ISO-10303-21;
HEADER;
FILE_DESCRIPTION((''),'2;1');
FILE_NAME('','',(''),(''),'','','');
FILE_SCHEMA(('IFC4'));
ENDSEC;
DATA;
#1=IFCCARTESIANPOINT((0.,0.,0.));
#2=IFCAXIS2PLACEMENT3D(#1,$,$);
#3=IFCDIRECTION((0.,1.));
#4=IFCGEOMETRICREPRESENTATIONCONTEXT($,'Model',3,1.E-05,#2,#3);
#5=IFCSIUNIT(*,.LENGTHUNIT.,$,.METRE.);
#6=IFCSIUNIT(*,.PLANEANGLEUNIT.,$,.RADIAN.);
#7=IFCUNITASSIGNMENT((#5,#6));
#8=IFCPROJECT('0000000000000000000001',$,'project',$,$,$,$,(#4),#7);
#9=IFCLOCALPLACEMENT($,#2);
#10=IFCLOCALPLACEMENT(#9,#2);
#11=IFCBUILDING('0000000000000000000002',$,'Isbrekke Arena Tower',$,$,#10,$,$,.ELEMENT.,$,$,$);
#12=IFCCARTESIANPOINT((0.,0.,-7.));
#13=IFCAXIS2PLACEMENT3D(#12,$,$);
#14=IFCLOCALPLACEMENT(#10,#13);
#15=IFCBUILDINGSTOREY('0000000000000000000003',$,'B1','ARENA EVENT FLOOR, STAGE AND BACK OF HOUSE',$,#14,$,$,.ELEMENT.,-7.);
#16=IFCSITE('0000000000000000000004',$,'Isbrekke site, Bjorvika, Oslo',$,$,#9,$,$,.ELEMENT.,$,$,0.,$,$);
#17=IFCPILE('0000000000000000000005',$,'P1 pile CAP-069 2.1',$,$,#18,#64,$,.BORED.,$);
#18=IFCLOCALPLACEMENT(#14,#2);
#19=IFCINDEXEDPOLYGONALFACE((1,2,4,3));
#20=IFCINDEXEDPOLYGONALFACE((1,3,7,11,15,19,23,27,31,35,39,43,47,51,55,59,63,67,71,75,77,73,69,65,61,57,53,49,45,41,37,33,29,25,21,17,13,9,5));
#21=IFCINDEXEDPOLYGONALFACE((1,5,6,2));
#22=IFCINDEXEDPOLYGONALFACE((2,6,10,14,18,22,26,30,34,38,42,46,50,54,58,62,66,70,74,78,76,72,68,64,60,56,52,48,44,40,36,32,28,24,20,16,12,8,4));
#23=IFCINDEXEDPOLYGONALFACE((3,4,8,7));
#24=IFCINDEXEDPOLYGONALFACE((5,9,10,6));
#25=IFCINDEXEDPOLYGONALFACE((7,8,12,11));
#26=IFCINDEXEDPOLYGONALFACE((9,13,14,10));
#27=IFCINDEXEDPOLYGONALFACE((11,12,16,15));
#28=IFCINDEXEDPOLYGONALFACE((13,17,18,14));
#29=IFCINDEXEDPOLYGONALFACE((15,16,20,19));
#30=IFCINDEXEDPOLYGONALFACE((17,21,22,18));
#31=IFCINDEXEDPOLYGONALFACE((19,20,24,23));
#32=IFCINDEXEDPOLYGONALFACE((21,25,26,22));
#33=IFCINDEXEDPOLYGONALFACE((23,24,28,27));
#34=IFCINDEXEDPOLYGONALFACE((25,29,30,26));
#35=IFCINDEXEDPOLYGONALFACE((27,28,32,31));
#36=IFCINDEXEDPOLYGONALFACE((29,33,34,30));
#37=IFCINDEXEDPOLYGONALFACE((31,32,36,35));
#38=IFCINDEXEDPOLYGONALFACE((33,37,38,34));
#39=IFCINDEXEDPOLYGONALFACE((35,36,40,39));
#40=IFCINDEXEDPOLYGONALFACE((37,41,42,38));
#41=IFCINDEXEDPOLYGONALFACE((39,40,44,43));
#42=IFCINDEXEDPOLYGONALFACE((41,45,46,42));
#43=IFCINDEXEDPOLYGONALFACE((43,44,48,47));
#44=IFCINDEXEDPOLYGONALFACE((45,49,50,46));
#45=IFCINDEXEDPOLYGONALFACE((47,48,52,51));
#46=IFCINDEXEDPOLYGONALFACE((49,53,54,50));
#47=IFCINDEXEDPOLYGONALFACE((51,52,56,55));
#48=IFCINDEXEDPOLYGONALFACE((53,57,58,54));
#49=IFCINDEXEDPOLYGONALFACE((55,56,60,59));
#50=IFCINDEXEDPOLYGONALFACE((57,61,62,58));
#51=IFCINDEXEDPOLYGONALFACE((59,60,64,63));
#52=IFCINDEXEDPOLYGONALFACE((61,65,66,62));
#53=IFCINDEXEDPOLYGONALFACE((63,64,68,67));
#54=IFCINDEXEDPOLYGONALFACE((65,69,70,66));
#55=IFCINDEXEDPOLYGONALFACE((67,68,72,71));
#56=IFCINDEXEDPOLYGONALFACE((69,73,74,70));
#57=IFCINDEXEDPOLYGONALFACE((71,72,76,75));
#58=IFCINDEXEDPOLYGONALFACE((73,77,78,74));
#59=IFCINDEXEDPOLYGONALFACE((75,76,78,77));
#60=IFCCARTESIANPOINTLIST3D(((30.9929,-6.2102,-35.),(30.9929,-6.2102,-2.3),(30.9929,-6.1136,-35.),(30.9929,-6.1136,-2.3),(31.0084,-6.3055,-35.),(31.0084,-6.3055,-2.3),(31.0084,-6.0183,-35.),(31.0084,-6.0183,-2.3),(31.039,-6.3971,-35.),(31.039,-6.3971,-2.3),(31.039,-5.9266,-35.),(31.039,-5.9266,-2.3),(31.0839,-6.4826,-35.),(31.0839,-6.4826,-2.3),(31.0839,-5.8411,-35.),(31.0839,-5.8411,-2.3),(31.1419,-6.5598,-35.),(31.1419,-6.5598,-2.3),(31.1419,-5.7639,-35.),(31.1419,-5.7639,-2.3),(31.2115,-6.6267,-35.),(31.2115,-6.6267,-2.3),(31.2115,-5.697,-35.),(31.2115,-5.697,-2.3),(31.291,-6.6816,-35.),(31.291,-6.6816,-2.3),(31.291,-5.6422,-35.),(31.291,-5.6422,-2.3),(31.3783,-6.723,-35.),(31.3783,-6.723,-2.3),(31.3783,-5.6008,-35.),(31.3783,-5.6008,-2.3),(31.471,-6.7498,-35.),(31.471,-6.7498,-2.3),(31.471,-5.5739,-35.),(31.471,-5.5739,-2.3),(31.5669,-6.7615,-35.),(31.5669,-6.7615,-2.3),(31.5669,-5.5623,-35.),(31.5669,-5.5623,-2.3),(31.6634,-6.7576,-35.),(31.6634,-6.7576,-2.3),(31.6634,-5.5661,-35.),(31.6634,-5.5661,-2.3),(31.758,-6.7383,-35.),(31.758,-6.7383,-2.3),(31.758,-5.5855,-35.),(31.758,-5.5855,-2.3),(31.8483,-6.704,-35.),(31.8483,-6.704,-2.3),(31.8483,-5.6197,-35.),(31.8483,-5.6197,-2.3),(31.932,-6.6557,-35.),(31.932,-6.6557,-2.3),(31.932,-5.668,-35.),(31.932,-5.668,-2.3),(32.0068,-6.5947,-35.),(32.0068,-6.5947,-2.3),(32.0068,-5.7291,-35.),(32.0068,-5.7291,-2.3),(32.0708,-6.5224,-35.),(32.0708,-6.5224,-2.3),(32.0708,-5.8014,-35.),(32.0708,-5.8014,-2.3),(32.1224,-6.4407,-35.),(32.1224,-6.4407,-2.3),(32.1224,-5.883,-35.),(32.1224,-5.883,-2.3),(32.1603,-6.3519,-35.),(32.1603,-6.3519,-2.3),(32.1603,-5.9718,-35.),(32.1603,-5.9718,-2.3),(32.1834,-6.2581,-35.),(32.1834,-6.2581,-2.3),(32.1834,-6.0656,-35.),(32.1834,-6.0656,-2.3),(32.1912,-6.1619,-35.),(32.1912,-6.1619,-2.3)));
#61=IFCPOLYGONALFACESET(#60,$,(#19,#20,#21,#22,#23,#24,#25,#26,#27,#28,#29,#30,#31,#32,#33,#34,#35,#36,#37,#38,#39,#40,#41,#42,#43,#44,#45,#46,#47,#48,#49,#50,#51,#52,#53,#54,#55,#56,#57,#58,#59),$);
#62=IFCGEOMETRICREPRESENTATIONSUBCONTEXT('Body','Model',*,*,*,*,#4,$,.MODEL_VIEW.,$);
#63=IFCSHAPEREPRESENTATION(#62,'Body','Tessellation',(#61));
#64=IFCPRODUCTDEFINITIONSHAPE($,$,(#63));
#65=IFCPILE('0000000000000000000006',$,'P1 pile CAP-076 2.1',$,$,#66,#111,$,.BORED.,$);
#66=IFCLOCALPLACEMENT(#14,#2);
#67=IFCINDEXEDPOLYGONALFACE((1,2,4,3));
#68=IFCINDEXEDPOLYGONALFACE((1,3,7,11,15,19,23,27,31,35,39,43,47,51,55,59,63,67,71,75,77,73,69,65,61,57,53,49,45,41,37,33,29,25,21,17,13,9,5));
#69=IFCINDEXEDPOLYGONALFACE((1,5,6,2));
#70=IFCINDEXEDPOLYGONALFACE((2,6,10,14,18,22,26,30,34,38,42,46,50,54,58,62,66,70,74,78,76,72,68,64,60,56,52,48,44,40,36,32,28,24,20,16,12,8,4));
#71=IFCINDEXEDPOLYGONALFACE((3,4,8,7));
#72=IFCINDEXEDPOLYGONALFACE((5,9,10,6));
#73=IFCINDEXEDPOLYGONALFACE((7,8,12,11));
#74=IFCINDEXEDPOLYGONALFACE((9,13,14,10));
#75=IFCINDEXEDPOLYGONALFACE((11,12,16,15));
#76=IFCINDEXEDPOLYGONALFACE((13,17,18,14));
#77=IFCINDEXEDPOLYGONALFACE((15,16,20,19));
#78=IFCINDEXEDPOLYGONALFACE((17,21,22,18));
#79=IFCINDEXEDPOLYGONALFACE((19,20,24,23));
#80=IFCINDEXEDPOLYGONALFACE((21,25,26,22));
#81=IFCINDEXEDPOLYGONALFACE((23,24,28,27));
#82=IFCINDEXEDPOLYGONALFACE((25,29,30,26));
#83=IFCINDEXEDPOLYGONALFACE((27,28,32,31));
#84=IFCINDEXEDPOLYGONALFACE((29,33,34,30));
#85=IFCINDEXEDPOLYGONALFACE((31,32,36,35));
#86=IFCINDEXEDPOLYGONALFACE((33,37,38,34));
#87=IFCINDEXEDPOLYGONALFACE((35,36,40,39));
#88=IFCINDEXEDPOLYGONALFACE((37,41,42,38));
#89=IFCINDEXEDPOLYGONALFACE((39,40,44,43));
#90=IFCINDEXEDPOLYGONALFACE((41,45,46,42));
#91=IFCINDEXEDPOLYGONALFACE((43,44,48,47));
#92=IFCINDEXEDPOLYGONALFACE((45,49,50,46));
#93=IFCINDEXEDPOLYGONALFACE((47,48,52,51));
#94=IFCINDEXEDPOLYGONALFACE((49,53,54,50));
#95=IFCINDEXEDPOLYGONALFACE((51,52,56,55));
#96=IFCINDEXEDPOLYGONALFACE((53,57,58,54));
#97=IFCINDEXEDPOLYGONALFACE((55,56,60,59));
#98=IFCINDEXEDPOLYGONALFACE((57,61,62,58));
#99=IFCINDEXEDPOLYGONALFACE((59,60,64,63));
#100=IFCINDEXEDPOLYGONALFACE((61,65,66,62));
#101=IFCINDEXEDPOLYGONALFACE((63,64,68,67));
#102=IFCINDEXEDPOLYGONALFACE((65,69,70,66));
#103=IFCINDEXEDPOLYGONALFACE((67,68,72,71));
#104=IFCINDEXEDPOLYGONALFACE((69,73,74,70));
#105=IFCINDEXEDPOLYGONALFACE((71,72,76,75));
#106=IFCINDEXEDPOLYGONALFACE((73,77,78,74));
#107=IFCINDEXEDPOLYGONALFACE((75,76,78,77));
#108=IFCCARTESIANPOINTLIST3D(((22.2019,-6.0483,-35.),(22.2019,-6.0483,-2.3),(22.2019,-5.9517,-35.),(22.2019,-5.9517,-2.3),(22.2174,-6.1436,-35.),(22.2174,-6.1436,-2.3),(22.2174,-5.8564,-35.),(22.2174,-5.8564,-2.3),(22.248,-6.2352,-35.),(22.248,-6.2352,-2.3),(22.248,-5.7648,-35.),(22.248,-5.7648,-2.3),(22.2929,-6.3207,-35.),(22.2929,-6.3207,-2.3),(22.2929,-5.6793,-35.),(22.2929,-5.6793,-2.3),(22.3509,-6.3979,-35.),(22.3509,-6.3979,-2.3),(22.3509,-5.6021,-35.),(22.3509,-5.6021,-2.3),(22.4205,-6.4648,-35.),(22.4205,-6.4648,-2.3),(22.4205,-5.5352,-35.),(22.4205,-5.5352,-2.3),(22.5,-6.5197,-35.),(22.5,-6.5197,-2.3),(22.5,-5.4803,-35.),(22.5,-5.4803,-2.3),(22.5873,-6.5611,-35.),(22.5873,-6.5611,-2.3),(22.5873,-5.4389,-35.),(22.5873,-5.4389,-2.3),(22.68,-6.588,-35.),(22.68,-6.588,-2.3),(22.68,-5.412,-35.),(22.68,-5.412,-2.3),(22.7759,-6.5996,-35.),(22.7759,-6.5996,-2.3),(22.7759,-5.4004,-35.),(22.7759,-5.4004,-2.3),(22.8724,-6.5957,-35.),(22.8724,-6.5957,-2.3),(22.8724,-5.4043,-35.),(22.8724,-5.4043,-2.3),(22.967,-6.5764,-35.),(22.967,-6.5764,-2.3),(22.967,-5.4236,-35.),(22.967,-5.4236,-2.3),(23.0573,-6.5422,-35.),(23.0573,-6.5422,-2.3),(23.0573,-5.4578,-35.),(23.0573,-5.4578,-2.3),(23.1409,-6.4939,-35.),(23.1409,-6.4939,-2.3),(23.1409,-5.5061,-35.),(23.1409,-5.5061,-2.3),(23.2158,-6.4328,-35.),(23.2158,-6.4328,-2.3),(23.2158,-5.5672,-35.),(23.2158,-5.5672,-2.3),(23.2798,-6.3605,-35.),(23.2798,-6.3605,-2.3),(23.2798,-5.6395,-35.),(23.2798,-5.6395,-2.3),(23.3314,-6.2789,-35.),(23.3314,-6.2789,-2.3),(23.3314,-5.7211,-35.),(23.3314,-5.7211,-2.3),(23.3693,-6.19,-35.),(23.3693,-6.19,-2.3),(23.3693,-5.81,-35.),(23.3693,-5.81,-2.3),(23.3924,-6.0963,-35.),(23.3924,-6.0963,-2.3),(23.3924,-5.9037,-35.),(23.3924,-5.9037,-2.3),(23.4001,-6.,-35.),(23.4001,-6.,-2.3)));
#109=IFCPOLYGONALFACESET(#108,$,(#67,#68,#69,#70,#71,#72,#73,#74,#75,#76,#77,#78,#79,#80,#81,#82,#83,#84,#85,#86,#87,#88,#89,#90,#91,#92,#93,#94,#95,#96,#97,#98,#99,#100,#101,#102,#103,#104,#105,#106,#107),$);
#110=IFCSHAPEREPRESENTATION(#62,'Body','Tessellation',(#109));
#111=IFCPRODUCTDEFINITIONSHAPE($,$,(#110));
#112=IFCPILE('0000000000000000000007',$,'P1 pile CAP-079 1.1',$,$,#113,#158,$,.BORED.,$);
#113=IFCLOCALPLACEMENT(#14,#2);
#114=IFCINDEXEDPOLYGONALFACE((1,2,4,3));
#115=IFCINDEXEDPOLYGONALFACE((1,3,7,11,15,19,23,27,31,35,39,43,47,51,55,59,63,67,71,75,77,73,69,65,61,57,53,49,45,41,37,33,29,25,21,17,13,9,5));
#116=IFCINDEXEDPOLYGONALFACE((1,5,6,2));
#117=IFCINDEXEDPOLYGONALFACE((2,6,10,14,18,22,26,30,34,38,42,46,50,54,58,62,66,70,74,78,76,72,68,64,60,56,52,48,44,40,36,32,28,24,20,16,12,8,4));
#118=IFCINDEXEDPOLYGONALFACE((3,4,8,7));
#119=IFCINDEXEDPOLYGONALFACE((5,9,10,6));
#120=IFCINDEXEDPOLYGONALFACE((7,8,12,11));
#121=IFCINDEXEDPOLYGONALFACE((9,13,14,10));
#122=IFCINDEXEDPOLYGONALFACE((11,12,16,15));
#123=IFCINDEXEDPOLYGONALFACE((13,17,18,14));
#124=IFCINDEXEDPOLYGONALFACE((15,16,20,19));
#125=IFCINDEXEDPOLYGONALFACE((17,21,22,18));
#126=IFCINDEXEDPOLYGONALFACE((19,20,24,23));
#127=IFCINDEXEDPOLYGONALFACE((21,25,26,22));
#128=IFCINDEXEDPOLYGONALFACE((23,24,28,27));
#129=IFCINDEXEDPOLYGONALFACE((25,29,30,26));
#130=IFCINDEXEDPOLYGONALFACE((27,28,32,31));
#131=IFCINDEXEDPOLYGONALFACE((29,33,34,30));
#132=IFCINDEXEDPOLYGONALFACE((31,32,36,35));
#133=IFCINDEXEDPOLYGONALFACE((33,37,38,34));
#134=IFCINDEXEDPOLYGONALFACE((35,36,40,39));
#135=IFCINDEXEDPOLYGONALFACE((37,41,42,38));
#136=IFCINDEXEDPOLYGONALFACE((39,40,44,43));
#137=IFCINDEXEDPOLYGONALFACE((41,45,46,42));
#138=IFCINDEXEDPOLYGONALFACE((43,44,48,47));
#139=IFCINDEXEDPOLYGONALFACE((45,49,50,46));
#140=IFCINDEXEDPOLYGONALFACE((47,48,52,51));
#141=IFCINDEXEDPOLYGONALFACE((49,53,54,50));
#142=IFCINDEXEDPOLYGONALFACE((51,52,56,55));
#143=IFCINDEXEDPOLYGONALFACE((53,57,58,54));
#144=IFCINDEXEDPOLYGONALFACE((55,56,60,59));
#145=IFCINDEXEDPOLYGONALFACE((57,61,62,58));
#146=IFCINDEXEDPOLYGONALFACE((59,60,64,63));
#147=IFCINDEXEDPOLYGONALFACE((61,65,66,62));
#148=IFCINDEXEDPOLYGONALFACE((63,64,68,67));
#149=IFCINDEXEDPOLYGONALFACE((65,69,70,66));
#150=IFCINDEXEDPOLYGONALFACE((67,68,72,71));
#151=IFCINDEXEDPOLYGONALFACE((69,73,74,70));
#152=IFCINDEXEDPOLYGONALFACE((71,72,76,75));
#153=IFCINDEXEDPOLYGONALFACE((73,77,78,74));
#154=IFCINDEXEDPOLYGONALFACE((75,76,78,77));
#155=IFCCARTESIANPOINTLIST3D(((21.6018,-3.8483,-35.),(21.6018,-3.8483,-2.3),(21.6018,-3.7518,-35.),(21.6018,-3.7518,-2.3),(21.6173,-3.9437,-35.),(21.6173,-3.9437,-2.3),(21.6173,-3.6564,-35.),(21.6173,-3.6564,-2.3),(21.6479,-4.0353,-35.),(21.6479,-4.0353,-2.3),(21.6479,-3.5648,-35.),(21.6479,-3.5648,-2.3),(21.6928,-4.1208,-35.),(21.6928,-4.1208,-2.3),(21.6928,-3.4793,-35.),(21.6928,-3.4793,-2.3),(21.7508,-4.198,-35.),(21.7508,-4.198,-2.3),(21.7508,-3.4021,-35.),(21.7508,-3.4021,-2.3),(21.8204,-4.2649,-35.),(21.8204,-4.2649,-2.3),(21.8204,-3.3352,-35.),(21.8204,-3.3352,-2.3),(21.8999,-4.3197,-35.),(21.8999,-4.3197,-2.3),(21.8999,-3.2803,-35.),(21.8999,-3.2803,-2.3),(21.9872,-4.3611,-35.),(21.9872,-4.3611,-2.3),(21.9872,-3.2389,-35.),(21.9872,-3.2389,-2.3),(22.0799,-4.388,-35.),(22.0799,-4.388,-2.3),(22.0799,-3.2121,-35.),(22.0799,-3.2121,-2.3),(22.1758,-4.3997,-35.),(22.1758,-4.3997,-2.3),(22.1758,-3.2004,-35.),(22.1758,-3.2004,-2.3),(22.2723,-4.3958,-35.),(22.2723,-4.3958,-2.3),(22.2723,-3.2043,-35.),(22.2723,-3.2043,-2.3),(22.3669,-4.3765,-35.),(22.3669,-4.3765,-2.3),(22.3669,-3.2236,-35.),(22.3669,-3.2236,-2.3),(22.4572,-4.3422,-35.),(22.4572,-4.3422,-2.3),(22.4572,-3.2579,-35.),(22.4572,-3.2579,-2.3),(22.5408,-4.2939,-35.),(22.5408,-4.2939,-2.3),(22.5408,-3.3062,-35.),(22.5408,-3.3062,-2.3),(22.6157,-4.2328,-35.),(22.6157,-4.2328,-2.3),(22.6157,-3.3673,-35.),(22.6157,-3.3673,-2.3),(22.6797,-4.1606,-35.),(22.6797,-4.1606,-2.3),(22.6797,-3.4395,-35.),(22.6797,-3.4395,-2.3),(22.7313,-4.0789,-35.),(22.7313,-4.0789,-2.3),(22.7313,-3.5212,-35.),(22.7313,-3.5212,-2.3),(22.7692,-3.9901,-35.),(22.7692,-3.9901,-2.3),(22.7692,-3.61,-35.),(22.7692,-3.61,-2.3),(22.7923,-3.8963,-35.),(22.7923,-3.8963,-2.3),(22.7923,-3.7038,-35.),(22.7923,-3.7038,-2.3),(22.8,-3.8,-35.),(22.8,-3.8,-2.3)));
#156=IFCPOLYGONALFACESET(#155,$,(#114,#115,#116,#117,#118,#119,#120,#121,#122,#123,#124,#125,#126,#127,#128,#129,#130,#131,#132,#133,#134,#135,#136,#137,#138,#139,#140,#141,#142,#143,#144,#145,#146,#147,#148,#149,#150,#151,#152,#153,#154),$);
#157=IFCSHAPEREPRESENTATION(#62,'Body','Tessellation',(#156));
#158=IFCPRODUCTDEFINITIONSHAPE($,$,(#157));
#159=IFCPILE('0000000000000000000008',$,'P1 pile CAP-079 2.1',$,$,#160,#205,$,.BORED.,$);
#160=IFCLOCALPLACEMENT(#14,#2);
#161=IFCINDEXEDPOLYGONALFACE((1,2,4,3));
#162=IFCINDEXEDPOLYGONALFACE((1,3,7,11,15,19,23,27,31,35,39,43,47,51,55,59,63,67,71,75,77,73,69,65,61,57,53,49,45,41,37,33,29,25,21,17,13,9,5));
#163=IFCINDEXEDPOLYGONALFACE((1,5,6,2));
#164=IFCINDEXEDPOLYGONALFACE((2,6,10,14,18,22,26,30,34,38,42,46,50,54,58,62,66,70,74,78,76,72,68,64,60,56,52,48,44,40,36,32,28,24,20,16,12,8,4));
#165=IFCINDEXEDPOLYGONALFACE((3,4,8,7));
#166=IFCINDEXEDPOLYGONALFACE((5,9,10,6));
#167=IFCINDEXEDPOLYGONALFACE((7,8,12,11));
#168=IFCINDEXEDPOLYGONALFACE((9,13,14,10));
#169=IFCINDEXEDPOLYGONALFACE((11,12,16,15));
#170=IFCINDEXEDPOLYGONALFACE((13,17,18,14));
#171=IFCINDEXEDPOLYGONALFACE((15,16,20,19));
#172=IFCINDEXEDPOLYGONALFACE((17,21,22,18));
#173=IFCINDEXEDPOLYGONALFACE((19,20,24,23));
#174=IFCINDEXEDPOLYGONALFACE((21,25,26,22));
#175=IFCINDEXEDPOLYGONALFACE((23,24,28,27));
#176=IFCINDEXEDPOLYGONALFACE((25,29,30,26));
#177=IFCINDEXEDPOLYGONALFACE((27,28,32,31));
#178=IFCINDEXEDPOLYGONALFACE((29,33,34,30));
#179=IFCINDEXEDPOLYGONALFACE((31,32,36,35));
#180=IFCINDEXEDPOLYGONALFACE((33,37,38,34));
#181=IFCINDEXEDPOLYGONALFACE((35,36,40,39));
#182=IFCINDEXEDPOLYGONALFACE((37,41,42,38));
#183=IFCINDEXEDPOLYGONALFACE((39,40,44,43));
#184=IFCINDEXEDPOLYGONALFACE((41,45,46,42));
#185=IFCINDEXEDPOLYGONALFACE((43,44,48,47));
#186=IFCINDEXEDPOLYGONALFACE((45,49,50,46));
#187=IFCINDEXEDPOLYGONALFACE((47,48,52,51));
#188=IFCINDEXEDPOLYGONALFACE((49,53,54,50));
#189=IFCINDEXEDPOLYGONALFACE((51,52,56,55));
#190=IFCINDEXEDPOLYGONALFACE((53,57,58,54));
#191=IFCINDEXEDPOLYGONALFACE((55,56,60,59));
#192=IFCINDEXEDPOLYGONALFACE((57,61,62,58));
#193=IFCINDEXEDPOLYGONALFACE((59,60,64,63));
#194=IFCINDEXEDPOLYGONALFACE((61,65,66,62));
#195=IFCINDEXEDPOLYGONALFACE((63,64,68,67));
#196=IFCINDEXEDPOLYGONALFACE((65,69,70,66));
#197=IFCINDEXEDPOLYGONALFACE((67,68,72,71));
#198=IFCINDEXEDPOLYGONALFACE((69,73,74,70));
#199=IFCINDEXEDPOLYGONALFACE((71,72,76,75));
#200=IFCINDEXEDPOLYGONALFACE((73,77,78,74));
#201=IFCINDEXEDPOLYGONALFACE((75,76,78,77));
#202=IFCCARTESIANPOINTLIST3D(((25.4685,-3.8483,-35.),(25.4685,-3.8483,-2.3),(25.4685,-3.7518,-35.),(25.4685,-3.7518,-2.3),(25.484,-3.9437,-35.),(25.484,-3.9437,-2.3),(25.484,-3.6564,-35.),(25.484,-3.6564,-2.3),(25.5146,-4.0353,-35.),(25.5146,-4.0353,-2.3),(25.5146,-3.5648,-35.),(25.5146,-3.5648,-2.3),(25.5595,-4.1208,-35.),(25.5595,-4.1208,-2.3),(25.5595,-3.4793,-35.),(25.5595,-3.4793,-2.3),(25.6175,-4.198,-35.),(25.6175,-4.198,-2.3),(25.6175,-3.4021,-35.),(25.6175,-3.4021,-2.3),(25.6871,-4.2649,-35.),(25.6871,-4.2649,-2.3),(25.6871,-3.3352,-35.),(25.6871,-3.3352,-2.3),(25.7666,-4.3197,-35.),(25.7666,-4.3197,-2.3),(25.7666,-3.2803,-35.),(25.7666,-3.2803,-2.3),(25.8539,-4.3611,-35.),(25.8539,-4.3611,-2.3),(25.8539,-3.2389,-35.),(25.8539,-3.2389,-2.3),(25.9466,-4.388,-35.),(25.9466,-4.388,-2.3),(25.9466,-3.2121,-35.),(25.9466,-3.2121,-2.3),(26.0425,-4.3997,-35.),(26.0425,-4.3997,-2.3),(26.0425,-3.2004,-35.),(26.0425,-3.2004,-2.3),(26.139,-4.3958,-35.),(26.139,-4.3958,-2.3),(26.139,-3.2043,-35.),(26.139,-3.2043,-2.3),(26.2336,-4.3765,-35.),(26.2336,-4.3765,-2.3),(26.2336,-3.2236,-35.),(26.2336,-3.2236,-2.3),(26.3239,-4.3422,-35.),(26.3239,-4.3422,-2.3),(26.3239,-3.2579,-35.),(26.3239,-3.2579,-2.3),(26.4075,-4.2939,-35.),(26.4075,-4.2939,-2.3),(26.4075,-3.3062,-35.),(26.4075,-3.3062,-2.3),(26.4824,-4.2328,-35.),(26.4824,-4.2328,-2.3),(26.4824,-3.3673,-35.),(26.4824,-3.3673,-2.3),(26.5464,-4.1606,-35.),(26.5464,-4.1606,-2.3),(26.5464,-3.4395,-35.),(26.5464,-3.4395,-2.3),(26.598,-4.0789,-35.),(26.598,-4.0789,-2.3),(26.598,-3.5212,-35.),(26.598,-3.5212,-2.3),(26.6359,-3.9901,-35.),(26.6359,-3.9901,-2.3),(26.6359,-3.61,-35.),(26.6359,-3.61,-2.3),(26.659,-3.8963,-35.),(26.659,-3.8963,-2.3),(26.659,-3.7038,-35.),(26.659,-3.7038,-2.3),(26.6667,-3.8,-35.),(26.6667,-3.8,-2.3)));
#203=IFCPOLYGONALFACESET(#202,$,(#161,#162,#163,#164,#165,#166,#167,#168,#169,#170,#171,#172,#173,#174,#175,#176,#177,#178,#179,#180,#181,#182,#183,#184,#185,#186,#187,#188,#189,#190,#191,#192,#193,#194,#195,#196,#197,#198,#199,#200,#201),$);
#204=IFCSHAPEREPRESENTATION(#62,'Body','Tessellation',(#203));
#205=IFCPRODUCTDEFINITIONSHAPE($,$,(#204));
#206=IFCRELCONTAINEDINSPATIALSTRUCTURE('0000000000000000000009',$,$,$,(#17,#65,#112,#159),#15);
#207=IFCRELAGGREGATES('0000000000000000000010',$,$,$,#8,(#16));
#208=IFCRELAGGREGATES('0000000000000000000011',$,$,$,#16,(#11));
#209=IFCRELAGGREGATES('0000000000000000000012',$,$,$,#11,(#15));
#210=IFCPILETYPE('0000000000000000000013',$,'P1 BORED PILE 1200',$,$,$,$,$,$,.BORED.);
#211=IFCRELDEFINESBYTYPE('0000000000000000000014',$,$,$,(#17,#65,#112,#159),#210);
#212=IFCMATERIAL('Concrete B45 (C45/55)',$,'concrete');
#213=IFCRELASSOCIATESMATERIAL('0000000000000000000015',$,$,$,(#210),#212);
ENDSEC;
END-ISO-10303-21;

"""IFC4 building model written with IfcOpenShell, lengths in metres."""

from ifc_helpers import new_model, si_unit, direction, frame, origin, origin_2d, place, context, subcontext, project, spatial, circle, extrude, material, material_profile, profile_set, type_object, element, save


model = new_model("IFC4")

# Units and contexts
model_context = context("Model", 3, precision=1e-05, world=origin(), true_north=direction((0.0, 1.0)))
body_context = subcontext(model_context, "Body", "Model", "MODEL_VIEW")
ifc_project = project(units=[si_unit("LENGTHUNIT", "METRE"), si_unit("PLANEANGLEUNIT", "RADIAN")], contexts=[model_context])

# Site, building, storey
site_placement = place(None, origin())
site = spatial("IfcSite", under=ifc_project, at=site_placement, Name="Isbrekke site, Bjorvika, Oslo", CompositionType="ELEMENT", RefElevation=0.0)
building_placement = place(site_placement, origin())
building = spatial("IfcBuilding", under=site, at=building_placement, Name="Isbrekke Arena Tower", CompositionType="ELEMENT")
storey_placement = place(building_placement, frame((0.0, 0.0, -7.0)))
storey = spatial("IfcBuildingStorey", under=building, at=storey_placement, Name="B1", Description="ARENA EVENT FLOOR, STAGE AND BACK OF HOUSE", CompositionType="ELEMENT", Elevation=-7.0)

# Piles
ifc_material_1 = material(Name="Concrete B45 (C45/55)", Category="concrete")
ifc_material_profile_1 = material_profile(ifc_material_1, circle(Radius=0.6001, at=origin_2d()), Name="BORED PILE D1200")
ifc_profile_set_1 = profile_set([ifc_material_profile_1], Name="Concrete B45 (C45/55)")
pile_type = type_object("IfcPileType", Name="P1 BORED PILE 1200", PredefinedType="BORED", material=ifc_profile_set_1)
for number, where, z_axis, x_axis, name in (
    (1, (31.5911, -6.1619, -2.3), (0.0, 0.0, -1.0), (1.0, 0.0, 0.0), "P1 pile CAP-069 2.1"),
    (2, (22.8, -6.0, -2.3), (0.0, 0.0, -1.0), (1.0, 0.0, 0.0), "P1 pile CAP-076 2.1"),
    (3, (22.2, -3.8, -2.3), (0.0, 0.0, -1.0), (1.0, 0.0, 0.0), "P1 pile CAP-079 1.1"),
    (4, (26.0667, -3.8, -2.3), (0.0, 0.0, -1.0), (1.0, 0.0, 0.0), "P1 pile CAP-079 2.1"),
):
    element("IfcPile", number, at=place(storey_placement, frame(where, z_axis=z_axis, x_axis=x_axis)), inside=storey, type_object=pile_type, Name=name, PredefinedType="BORED", context=body_context, shape_type="SweptSolid", body=[
        extrude(circle(Radius=0.6001, at=origin_2d()), origin(), (0.0, 0.0, 1.0), 32.7),
    ])

save(model, "model.ifc")
